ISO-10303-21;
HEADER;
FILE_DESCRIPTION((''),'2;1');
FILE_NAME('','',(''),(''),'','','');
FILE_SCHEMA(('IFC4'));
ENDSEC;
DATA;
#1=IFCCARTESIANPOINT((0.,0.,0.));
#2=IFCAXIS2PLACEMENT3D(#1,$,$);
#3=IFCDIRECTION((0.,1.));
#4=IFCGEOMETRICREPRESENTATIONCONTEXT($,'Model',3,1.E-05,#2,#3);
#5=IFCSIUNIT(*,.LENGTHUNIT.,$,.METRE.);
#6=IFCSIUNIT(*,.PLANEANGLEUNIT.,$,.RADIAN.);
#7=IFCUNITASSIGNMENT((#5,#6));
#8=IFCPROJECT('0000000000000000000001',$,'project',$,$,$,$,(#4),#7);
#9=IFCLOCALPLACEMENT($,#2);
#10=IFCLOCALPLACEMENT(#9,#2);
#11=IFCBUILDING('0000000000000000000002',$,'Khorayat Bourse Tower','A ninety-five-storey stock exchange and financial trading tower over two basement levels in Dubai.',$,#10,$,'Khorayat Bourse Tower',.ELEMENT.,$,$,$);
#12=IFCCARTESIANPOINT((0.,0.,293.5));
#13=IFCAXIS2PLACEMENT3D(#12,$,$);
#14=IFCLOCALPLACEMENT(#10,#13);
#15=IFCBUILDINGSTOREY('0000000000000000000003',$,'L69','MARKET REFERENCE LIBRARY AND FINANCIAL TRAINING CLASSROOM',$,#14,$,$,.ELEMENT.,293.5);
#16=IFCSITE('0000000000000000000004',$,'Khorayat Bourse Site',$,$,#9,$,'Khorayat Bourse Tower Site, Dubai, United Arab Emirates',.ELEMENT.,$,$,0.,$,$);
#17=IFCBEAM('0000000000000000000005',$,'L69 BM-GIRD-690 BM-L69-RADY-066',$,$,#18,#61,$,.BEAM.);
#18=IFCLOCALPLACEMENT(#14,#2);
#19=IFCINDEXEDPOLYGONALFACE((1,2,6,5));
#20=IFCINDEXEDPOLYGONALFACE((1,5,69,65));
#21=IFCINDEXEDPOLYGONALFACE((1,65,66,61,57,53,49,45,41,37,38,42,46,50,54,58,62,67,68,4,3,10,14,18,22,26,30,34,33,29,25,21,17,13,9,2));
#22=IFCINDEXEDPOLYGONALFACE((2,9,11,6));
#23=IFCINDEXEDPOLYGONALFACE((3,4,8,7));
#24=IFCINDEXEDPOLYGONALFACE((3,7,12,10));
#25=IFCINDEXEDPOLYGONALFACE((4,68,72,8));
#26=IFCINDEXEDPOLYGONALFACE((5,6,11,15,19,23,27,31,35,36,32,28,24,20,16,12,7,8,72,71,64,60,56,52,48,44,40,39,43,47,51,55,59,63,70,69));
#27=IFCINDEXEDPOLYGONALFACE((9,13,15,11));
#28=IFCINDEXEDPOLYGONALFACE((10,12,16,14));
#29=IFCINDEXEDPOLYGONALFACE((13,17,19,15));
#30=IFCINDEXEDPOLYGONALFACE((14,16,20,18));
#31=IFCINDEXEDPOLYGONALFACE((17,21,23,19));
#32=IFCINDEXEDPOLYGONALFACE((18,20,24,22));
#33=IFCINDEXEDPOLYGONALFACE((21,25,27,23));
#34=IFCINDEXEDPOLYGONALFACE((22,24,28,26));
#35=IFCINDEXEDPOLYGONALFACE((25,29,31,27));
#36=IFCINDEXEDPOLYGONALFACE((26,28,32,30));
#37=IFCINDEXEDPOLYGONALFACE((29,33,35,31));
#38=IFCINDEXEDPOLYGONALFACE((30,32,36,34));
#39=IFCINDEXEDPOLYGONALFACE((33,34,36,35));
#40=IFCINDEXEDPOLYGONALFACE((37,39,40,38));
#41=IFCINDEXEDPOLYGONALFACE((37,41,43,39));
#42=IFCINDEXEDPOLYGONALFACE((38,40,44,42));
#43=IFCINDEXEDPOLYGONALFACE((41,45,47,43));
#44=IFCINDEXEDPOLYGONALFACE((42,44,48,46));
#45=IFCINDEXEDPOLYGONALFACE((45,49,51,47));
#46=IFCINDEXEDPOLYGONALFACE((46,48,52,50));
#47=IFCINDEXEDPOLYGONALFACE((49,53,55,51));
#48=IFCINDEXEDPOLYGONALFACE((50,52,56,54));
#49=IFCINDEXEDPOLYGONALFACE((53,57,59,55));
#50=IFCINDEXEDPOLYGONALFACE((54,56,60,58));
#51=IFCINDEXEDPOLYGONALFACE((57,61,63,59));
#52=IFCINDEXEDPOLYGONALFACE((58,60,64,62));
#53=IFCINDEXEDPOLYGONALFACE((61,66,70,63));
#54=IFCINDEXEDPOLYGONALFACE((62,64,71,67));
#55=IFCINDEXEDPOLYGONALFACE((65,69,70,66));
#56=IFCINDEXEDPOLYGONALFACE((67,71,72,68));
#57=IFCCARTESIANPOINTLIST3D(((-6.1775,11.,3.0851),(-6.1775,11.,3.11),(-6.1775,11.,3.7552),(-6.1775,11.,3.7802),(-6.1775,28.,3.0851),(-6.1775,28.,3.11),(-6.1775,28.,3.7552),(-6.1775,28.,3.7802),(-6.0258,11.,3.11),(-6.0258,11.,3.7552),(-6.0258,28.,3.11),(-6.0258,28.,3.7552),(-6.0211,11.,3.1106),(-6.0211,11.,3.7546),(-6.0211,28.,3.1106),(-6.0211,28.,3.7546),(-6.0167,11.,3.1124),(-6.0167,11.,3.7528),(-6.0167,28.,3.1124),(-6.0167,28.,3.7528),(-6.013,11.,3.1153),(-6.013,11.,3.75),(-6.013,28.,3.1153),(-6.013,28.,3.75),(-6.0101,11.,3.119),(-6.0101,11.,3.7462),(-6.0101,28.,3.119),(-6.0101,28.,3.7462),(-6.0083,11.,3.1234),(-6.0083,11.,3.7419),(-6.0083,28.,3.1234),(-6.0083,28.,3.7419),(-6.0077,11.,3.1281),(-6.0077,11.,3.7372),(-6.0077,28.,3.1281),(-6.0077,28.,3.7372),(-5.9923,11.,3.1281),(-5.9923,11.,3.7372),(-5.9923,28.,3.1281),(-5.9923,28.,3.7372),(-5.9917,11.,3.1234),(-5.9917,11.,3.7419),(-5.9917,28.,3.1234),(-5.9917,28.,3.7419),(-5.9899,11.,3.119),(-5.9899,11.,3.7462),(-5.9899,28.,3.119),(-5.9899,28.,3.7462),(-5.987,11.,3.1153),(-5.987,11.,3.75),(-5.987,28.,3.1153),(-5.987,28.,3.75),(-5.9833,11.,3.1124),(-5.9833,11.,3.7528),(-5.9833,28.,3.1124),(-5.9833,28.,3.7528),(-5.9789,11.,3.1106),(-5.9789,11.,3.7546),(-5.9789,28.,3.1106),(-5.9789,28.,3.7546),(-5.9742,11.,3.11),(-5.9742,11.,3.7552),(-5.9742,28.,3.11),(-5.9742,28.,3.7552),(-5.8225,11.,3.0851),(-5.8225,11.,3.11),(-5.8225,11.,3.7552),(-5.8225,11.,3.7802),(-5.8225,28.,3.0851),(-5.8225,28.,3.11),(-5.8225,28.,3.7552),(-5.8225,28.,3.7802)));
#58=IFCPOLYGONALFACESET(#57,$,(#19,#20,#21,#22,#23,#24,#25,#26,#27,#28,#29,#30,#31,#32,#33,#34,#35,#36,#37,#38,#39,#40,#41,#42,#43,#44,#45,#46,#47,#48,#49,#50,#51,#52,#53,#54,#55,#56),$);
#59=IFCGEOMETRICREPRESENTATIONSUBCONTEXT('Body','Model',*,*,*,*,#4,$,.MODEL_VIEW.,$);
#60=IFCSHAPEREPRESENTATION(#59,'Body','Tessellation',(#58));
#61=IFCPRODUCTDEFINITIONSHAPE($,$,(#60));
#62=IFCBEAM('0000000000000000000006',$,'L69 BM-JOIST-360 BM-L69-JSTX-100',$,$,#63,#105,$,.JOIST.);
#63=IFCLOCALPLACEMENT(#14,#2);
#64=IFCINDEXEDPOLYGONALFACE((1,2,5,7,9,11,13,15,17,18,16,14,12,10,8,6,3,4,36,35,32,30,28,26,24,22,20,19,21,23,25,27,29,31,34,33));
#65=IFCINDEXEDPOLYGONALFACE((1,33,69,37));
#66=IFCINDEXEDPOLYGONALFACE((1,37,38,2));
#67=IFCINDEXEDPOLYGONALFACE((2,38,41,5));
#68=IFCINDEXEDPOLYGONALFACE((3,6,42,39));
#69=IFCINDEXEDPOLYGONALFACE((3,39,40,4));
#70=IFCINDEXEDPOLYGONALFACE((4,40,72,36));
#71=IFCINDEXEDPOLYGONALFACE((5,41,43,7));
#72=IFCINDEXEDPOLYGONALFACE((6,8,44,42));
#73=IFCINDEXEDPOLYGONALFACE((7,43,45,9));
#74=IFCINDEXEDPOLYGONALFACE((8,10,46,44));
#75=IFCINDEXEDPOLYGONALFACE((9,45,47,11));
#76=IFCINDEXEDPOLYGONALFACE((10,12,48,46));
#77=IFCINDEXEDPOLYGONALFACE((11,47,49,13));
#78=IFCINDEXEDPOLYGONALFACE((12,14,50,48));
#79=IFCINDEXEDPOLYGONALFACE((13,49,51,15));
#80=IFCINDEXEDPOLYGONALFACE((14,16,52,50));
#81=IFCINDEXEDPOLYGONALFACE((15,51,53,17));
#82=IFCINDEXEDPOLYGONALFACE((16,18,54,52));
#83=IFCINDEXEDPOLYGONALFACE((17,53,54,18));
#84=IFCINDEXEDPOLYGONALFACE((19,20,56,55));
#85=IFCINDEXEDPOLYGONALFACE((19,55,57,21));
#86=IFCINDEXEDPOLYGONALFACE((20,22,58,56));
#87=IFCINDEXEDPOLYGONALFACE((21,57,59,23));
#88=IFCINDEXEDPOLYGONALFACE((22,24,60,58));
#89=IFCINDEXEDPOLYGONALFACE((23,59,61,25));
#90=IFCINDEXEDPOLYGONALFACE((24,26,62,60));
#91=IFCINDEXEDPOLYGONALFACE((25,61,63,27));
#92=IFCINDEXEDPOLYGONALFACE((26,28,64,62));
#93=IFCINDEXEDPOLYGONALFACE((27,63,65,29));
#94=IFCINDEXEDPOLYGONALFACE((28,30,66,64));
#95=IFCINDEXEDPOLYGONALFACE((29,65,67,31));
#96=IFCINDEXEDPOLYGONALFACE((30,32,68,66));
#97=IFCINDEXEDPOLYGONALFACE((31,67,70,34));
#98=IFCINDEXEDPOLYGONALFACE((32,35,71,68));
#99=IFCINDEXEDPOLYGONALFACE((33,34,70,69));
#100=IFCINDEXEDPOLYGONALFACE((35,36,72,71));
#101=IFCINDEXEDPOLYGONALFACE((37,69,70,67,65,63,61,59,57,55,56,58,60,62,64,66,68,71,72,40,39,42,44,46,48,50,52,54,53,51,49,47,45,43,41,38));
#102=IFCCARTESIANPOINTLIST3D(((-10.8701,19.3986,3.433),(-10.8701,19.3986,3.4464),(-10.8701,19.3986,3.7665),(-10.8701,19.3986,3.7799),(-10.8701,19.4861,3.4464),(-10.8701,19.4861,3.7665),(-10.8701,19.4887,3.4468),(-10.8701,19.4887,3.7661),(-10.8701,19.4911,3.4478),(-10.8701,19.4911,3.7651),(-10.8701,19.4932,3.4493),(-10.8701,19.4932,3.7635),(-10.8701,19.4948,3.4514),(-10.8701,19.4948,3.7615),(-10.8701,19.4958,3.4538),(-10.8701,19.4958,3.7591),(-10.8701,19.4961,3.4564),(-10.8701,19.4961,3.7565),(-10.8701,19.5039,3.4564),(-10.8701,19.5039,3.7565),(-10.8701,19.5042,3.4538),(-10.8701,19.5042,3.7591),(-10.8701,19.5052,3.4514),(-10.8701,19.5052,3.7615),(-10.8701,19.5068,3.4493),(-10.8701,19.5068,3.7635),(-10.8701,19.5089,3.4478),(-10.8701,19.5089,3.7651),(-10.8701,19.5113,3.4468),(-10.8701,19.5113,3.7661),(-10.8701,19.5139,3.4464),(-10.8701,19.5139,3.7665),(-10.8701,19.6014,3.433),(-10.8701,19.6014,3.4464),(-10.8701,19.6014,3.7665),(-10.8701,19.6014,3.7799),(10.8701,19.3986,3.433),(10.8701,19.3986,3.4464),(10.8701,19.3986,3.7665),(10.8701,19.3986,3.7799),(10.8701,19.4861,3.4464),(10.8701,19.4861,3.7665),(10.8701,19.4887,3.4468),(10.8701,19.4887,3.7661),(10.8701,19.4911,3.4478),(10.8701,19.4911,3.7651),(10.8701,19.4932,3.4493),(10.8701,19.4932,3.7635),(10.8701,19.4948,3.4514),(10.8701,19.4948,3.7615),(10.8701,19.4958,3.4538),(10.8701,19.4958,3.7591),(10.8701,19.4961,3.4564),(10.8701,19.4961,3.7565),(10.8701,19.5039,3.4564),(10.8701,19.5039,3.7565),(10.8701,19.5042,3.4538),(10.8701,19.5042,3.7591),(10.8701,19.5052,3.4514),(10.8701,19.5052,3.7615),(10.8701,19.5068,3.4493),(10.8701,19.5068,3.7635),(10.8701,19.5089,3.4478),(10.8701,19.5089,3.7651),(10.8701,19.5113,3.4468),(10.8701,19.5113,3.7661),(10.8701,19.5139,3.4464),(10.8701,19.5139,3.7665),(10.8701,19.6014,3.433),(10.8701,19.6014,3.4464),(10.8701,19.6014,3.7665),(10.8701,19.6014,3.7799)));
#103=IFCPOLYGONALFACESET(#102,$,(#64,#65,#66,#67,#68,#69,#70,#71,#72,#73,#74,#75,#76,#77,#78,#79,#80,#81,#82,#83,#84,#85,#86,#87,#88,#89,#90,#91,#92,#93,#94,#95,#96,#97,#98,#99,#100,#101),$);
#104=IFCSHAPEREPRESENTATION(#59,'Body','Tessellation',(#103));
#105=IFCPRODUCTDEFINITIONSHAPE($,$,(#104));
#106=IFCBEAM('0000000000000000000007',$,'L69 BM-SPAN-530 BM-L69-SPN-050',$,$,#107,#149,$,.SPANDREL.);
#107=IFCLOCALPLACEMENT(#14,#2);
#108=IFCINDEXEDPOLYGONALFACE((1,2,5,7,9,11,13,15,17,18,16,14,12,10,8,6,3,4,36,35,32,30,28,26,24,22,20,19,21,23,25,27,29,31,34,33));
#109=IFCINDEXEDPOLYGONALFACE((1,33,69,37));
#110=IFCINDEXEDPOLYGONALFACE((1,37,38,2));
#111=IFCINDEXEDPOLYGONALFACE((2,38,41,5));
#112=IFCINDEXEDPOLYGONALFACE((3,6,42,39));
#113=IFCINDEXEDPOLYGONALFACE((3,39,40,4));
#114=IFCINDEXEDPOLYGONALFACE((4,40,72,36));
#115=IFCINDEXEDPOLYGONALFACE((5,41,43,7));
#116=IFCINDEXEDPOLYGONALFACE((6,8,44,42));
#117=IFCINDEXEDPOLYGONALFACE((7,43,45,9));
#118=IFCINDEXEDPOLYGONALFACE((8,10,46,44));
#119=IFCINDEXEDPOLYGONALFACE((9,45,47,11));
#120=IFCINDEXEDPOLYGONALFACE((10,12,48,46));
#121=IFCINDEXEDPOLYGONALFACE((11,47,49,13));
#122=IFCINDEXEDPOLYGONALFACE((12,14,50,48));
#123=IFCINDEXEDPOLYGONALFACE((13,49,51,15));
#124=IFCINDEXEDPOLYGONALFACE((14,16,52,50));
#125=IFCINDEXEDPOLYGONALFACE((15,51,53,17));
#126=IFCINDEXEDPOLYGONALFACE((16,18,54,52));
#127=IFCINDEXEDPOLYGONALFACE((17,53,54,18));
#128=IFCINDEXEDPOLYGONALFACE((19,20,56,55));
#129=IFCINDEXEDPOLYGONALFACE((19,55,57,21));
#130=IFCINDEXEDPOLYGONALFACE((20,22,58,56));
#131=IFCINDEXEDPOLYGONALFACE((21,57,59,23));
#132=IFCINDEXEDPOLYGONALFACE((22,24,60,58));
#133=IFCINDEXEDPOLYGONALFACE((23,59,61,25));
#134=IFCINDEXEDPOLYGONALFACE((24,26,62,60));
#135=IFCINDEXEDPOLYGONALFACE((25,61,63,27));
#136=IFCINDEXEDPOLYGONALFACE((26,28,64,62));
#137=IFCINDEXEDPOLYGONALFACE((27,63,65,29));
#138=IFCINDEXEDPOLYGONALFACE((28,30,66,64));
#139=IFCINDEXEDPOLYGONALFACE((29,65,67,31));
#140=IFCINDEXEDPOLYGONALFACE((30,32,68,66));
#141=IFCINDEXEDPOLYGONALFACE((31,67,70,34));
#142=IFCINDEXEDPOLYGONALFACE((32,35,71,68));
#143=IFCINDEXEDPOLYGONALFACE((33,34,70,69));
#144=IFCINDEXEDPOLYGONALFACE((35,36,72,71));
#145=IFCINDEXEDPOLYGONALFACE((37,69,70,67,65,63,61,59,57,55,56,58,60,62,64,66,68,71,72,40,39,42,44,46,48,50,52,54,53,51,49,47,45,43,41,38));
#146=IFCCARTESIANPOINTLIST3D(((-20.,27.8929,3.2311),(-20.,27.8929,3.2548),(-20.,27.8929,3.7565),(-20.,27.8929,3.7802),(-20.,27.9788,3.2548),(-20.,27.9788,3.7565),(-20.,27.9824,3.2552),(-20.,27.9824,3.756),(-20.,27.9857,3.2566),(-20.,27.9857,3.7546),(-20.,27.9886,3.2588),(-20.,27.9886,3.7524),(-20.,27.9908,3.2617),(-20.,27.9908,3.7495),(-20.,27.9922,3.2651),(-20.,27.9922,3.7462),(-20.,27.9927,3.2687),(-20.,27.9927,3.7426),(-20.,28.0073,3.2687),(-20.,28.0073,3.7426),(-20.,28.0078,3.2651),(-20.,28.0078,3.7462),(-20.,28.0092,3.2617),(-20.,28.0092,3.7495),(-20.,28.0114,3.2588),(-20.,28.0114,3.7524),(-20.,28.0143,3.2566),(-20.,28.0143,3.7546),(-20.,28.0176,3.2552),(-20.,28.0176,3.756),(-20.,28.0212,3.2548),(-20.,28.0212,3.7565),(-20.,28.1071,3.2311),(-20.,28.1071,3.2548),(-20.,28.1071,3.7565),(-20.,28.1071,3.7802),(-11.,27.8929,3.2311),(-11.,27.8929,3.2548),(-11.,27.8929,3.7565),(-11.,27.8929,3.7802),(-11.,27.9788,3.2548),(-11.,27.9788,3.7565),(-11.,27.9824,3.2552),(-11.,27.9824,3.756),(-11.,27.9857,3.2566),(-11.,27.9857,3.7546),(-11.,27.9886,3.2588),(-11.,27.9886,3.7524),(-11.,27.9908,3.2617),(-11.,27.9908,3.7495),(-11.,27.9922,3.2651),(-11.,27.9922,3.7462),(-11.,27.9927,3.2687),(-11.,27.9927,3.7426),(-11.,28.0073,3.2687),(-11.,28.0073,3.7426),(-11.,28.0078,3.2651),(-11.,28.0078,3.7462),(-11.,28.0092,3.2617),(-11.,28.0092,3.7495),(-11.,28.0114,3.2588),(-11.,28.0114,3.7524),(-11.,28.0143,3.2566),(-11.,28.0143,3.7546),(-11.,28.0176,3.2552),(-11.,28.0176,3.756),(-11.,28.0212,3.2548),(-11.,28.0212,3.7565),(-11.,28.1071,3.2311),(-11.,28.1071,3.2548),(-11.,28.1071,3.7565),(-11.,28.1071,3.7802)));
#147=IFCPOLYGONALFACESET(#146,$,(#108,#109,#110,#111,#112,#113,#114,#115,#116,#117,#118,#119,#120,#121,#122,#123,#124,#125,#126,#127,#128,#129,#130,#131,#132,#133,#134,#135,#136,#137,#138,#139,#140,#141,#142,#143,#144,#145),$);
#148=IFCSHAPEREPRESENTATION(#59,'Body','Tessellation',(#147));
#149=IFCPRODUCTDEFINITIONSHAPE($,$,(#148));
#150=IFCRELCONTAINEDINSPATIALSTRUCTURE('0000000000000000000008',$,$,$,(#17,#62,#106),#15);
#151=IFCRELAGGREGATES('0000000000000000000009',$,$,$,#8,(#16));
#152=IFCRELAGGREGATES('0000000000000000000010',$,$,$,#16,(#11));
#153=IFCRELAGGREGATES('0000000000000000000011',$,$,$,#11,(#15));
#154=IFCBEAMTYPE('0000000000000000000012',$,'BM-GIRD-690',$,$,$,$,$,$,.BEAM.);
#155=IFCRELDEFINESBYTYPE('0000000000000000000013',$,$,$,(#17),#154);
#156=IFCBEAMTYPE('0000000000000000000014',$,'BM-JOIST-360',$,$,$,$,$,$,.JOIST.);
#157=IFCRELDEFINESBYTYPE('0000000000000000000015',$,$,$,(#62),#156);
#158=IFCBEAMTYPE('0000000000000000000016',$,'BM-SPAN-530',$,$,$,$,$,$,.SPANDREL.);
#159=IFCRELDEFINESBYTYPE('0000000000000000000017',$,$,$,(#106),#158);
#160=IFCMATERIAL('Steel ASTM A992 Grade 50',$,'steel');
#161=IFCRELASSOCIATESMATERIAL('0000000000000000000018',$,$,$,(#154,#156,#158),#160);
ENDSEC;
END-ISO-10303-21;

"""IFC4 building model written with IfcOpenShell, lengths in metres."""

from ifc_helpers import new_model, si_unit, direction, frame, origin, origin_2d, place, context, subcontext, project, spatial, i_section, extrude, source, transform, mapped, material, material_profile, profile_set, type_object, element, save


model = new_model("IFC4")

# Units and contexts
model_context = context("Model", 3, precision=1e-05, world=origin(), true_north=direction((0.0, 1.0)))
body_context = subcontext(model_context, "Body", "Model", "MODEL_VIEW")
ifc_project = project(units=[si_unit("LENGTHUNIT", "METRE"), si_unit("PLANEANGLEUNIT", "RADIAN")], contexts=[model_context])

# Site, building, storey
site_placement = place(None, origin())
site = spatial("IfcSite", under=ifc_project, at=site_placement, Name="Khorayat Bourse Site", LongName="Khorayat Bourse Tower Site, Dubai, United Arab Emirates", CompositionType="ELEMENT", RefElevation=0.0)
building_placement = place(site_placement, origin())
building = spatial("IfcBuilding", under=site, at=building_placement, Name="Khorayat Bourse Tower", Description="A ninety-five-storey stock exchange and financial trading tower over two basement levels in Dubai.", LongName="Khorayat Bourse Tower", CompositionType="ELEMENT")
storey_placement = place(building_placement, frame((0.0, 0.0, 293.5)))
storey = spatial("IfcBuildingStorey", under=building, at=storey_placement, Name="L69", Description="MARKET REFERENCE LIBRARY AND FINANCIAL TRAINING CLASSROOM", CompositionType="ELEMENT", Elevation=293.5)

# Beams
ifc_material_1 = material(Name="Steel ASTM A992 Grade 50", Category="steel")
ifc_material_profile_1 = material_profile(ifc_material_1, i_section(OverallWidth=0.355, OverallDepth=0.6951, WebThickness=0.0154, FlangeThickness=0.0249, FilletRadius=0.0181, at=origin_2d()), Name="W690X217")
ifc_profile_set_1 = profile_set([ifc_material_profile_1], Name="Steel ASTM A992 Grade 50")
beam_type_1 = type_object("IfcBeamType", Name="BM-GIRD-690", PredefinedType="BEAM", material=ifc_profile_set_1)
shared_shape_1 = source(origin(), body_context, "Body", "SweptSolid", [
    extrude(i_section(OverallWidth=0.355, OverallDepth=0.6951, WebThickness=0.0154, FlangeThickness=0.0249, FilletRadius=0.0181, at=origin_2d()), origin(), (0.0, 0.0, 1.0), 17.0),
])
for number, where, z_axis, x_axis, name in (
    (1, (-6.0, 11.0, 3.4326), (0.0, 1.0, 0.0), (-1.0, 0.0, 0.0), "L69 BM-GIRD-690 BM-L69-RADY-066"),
):
    element("IfcBeam", number, at=place(storey_placement, frame(where, z_axis=z_axis, x_axis=x_axis)), inside=storey, type_object=beam_type_1, Name=name, PredefinedType="BEAM", context=body_context, shape_type="MappedRepresentation", body=[
        mapped(shared_shape_1, transform((0.0, 0.0, 0.0), scale=1.0)),
    ])
ifc_material_profile_2 = material_profile(ifc_material_1, i_section(OverallWidth=0.2029, OverallDepth=0.3469, WebThickness=0.0078, FlangeThickness=0.0134, FilletRadius=0.01, at=origin_2d()), Name="W360X64")
ifc_profile_set_2 = profile_set([ifc_material_profile_2], Name="Steel ASTM A992 Grade 50")
beam_type_2 = type_object("IfcBeamType", Name="BM-JOIST-360", PredefinedType="JOIST", material=ifc_profile_set_2)
shared_shape_2 = source(origin(), body_context, "Body", "SweptSolid", [
    extrude(i_section(OverallWidth=0.2029, OverallDepth=0.3469, WebThickness=0.0078, FlangeThickness=0.0134, FilletRadius=0.01, at=origin_2d()), origin(), (0.0, 0.0, 1.0), 21.7402),
])
beam_1_placement = place(storey_placement, frame((-10.8701, 19.5, 3.6064), z_axis=(1.0, 0.0, 0.0), x_axis=(0.0, 1.0, 0.0)))
element("IfcBeam", 2, at=beam_1_placement, inside=storey, type_object=beam_type_2, Name="L69 BM-JOIST-360 BM-L69-JSTX-100", PredefinedType="JOIST", context=body_context, shape_type="MappedRepresentation", body=[
    mapped(shared_shape_2, transform((0.0, 0.0, 0.0), scale=1.0)),
])
ifc_material_profile_3 = material_profile(ifc_material_1, i_section(OverallWidth=0.2141, OverallDepth=0.5491, WebThickness=0.0146, FlangeThickness=0.0237, FilletRadius=0.0139, at=origin_2d()), Name="W530X138")
ifc_profile_set_3 = profile_set([ifc_material_profile_3], Name="Steel ASTM A992 Grade 50")
beam_type_3 = type_object("IfcBeamType", Name="BM-SPAN-530", PredefinedType="SPANDREL", material=ifc_profile_set_3)
shared_shape_3 = source(origin(), body_context, "Body", "SweptSolid", [
    extrude(i_section(OverallWidth=0.2141, OverallDepth=0.5491, WebThickness=0.0146, FlangeThickness=0.0237, FilletRadius=0.0139, at=origin_2d()), origin(), (0.0, 0.0, 1.0), 9.0),
])
beam_2_placement = place(storey_placement, frame((-20.0, 28.0, 3.5056), z_axis=(1.0, 0.0, 0.0), x_axis=(0.0, 1.0, 0.0)))
element("IfcBeam", 3, at=beam_2_placement, inside=storey, type_object=beam_type_3, Name="L69 BM-SPAN-530 BM-L69-SPN-050", PredefinedType="SPANDREL", context=body_context, shape_type="MappedRepresentation", body=[
    mapped(shared_shape_3, transform((0.0, 0.0, 0.0), scale=1.0)),
])

save(model, "model.ifc")
